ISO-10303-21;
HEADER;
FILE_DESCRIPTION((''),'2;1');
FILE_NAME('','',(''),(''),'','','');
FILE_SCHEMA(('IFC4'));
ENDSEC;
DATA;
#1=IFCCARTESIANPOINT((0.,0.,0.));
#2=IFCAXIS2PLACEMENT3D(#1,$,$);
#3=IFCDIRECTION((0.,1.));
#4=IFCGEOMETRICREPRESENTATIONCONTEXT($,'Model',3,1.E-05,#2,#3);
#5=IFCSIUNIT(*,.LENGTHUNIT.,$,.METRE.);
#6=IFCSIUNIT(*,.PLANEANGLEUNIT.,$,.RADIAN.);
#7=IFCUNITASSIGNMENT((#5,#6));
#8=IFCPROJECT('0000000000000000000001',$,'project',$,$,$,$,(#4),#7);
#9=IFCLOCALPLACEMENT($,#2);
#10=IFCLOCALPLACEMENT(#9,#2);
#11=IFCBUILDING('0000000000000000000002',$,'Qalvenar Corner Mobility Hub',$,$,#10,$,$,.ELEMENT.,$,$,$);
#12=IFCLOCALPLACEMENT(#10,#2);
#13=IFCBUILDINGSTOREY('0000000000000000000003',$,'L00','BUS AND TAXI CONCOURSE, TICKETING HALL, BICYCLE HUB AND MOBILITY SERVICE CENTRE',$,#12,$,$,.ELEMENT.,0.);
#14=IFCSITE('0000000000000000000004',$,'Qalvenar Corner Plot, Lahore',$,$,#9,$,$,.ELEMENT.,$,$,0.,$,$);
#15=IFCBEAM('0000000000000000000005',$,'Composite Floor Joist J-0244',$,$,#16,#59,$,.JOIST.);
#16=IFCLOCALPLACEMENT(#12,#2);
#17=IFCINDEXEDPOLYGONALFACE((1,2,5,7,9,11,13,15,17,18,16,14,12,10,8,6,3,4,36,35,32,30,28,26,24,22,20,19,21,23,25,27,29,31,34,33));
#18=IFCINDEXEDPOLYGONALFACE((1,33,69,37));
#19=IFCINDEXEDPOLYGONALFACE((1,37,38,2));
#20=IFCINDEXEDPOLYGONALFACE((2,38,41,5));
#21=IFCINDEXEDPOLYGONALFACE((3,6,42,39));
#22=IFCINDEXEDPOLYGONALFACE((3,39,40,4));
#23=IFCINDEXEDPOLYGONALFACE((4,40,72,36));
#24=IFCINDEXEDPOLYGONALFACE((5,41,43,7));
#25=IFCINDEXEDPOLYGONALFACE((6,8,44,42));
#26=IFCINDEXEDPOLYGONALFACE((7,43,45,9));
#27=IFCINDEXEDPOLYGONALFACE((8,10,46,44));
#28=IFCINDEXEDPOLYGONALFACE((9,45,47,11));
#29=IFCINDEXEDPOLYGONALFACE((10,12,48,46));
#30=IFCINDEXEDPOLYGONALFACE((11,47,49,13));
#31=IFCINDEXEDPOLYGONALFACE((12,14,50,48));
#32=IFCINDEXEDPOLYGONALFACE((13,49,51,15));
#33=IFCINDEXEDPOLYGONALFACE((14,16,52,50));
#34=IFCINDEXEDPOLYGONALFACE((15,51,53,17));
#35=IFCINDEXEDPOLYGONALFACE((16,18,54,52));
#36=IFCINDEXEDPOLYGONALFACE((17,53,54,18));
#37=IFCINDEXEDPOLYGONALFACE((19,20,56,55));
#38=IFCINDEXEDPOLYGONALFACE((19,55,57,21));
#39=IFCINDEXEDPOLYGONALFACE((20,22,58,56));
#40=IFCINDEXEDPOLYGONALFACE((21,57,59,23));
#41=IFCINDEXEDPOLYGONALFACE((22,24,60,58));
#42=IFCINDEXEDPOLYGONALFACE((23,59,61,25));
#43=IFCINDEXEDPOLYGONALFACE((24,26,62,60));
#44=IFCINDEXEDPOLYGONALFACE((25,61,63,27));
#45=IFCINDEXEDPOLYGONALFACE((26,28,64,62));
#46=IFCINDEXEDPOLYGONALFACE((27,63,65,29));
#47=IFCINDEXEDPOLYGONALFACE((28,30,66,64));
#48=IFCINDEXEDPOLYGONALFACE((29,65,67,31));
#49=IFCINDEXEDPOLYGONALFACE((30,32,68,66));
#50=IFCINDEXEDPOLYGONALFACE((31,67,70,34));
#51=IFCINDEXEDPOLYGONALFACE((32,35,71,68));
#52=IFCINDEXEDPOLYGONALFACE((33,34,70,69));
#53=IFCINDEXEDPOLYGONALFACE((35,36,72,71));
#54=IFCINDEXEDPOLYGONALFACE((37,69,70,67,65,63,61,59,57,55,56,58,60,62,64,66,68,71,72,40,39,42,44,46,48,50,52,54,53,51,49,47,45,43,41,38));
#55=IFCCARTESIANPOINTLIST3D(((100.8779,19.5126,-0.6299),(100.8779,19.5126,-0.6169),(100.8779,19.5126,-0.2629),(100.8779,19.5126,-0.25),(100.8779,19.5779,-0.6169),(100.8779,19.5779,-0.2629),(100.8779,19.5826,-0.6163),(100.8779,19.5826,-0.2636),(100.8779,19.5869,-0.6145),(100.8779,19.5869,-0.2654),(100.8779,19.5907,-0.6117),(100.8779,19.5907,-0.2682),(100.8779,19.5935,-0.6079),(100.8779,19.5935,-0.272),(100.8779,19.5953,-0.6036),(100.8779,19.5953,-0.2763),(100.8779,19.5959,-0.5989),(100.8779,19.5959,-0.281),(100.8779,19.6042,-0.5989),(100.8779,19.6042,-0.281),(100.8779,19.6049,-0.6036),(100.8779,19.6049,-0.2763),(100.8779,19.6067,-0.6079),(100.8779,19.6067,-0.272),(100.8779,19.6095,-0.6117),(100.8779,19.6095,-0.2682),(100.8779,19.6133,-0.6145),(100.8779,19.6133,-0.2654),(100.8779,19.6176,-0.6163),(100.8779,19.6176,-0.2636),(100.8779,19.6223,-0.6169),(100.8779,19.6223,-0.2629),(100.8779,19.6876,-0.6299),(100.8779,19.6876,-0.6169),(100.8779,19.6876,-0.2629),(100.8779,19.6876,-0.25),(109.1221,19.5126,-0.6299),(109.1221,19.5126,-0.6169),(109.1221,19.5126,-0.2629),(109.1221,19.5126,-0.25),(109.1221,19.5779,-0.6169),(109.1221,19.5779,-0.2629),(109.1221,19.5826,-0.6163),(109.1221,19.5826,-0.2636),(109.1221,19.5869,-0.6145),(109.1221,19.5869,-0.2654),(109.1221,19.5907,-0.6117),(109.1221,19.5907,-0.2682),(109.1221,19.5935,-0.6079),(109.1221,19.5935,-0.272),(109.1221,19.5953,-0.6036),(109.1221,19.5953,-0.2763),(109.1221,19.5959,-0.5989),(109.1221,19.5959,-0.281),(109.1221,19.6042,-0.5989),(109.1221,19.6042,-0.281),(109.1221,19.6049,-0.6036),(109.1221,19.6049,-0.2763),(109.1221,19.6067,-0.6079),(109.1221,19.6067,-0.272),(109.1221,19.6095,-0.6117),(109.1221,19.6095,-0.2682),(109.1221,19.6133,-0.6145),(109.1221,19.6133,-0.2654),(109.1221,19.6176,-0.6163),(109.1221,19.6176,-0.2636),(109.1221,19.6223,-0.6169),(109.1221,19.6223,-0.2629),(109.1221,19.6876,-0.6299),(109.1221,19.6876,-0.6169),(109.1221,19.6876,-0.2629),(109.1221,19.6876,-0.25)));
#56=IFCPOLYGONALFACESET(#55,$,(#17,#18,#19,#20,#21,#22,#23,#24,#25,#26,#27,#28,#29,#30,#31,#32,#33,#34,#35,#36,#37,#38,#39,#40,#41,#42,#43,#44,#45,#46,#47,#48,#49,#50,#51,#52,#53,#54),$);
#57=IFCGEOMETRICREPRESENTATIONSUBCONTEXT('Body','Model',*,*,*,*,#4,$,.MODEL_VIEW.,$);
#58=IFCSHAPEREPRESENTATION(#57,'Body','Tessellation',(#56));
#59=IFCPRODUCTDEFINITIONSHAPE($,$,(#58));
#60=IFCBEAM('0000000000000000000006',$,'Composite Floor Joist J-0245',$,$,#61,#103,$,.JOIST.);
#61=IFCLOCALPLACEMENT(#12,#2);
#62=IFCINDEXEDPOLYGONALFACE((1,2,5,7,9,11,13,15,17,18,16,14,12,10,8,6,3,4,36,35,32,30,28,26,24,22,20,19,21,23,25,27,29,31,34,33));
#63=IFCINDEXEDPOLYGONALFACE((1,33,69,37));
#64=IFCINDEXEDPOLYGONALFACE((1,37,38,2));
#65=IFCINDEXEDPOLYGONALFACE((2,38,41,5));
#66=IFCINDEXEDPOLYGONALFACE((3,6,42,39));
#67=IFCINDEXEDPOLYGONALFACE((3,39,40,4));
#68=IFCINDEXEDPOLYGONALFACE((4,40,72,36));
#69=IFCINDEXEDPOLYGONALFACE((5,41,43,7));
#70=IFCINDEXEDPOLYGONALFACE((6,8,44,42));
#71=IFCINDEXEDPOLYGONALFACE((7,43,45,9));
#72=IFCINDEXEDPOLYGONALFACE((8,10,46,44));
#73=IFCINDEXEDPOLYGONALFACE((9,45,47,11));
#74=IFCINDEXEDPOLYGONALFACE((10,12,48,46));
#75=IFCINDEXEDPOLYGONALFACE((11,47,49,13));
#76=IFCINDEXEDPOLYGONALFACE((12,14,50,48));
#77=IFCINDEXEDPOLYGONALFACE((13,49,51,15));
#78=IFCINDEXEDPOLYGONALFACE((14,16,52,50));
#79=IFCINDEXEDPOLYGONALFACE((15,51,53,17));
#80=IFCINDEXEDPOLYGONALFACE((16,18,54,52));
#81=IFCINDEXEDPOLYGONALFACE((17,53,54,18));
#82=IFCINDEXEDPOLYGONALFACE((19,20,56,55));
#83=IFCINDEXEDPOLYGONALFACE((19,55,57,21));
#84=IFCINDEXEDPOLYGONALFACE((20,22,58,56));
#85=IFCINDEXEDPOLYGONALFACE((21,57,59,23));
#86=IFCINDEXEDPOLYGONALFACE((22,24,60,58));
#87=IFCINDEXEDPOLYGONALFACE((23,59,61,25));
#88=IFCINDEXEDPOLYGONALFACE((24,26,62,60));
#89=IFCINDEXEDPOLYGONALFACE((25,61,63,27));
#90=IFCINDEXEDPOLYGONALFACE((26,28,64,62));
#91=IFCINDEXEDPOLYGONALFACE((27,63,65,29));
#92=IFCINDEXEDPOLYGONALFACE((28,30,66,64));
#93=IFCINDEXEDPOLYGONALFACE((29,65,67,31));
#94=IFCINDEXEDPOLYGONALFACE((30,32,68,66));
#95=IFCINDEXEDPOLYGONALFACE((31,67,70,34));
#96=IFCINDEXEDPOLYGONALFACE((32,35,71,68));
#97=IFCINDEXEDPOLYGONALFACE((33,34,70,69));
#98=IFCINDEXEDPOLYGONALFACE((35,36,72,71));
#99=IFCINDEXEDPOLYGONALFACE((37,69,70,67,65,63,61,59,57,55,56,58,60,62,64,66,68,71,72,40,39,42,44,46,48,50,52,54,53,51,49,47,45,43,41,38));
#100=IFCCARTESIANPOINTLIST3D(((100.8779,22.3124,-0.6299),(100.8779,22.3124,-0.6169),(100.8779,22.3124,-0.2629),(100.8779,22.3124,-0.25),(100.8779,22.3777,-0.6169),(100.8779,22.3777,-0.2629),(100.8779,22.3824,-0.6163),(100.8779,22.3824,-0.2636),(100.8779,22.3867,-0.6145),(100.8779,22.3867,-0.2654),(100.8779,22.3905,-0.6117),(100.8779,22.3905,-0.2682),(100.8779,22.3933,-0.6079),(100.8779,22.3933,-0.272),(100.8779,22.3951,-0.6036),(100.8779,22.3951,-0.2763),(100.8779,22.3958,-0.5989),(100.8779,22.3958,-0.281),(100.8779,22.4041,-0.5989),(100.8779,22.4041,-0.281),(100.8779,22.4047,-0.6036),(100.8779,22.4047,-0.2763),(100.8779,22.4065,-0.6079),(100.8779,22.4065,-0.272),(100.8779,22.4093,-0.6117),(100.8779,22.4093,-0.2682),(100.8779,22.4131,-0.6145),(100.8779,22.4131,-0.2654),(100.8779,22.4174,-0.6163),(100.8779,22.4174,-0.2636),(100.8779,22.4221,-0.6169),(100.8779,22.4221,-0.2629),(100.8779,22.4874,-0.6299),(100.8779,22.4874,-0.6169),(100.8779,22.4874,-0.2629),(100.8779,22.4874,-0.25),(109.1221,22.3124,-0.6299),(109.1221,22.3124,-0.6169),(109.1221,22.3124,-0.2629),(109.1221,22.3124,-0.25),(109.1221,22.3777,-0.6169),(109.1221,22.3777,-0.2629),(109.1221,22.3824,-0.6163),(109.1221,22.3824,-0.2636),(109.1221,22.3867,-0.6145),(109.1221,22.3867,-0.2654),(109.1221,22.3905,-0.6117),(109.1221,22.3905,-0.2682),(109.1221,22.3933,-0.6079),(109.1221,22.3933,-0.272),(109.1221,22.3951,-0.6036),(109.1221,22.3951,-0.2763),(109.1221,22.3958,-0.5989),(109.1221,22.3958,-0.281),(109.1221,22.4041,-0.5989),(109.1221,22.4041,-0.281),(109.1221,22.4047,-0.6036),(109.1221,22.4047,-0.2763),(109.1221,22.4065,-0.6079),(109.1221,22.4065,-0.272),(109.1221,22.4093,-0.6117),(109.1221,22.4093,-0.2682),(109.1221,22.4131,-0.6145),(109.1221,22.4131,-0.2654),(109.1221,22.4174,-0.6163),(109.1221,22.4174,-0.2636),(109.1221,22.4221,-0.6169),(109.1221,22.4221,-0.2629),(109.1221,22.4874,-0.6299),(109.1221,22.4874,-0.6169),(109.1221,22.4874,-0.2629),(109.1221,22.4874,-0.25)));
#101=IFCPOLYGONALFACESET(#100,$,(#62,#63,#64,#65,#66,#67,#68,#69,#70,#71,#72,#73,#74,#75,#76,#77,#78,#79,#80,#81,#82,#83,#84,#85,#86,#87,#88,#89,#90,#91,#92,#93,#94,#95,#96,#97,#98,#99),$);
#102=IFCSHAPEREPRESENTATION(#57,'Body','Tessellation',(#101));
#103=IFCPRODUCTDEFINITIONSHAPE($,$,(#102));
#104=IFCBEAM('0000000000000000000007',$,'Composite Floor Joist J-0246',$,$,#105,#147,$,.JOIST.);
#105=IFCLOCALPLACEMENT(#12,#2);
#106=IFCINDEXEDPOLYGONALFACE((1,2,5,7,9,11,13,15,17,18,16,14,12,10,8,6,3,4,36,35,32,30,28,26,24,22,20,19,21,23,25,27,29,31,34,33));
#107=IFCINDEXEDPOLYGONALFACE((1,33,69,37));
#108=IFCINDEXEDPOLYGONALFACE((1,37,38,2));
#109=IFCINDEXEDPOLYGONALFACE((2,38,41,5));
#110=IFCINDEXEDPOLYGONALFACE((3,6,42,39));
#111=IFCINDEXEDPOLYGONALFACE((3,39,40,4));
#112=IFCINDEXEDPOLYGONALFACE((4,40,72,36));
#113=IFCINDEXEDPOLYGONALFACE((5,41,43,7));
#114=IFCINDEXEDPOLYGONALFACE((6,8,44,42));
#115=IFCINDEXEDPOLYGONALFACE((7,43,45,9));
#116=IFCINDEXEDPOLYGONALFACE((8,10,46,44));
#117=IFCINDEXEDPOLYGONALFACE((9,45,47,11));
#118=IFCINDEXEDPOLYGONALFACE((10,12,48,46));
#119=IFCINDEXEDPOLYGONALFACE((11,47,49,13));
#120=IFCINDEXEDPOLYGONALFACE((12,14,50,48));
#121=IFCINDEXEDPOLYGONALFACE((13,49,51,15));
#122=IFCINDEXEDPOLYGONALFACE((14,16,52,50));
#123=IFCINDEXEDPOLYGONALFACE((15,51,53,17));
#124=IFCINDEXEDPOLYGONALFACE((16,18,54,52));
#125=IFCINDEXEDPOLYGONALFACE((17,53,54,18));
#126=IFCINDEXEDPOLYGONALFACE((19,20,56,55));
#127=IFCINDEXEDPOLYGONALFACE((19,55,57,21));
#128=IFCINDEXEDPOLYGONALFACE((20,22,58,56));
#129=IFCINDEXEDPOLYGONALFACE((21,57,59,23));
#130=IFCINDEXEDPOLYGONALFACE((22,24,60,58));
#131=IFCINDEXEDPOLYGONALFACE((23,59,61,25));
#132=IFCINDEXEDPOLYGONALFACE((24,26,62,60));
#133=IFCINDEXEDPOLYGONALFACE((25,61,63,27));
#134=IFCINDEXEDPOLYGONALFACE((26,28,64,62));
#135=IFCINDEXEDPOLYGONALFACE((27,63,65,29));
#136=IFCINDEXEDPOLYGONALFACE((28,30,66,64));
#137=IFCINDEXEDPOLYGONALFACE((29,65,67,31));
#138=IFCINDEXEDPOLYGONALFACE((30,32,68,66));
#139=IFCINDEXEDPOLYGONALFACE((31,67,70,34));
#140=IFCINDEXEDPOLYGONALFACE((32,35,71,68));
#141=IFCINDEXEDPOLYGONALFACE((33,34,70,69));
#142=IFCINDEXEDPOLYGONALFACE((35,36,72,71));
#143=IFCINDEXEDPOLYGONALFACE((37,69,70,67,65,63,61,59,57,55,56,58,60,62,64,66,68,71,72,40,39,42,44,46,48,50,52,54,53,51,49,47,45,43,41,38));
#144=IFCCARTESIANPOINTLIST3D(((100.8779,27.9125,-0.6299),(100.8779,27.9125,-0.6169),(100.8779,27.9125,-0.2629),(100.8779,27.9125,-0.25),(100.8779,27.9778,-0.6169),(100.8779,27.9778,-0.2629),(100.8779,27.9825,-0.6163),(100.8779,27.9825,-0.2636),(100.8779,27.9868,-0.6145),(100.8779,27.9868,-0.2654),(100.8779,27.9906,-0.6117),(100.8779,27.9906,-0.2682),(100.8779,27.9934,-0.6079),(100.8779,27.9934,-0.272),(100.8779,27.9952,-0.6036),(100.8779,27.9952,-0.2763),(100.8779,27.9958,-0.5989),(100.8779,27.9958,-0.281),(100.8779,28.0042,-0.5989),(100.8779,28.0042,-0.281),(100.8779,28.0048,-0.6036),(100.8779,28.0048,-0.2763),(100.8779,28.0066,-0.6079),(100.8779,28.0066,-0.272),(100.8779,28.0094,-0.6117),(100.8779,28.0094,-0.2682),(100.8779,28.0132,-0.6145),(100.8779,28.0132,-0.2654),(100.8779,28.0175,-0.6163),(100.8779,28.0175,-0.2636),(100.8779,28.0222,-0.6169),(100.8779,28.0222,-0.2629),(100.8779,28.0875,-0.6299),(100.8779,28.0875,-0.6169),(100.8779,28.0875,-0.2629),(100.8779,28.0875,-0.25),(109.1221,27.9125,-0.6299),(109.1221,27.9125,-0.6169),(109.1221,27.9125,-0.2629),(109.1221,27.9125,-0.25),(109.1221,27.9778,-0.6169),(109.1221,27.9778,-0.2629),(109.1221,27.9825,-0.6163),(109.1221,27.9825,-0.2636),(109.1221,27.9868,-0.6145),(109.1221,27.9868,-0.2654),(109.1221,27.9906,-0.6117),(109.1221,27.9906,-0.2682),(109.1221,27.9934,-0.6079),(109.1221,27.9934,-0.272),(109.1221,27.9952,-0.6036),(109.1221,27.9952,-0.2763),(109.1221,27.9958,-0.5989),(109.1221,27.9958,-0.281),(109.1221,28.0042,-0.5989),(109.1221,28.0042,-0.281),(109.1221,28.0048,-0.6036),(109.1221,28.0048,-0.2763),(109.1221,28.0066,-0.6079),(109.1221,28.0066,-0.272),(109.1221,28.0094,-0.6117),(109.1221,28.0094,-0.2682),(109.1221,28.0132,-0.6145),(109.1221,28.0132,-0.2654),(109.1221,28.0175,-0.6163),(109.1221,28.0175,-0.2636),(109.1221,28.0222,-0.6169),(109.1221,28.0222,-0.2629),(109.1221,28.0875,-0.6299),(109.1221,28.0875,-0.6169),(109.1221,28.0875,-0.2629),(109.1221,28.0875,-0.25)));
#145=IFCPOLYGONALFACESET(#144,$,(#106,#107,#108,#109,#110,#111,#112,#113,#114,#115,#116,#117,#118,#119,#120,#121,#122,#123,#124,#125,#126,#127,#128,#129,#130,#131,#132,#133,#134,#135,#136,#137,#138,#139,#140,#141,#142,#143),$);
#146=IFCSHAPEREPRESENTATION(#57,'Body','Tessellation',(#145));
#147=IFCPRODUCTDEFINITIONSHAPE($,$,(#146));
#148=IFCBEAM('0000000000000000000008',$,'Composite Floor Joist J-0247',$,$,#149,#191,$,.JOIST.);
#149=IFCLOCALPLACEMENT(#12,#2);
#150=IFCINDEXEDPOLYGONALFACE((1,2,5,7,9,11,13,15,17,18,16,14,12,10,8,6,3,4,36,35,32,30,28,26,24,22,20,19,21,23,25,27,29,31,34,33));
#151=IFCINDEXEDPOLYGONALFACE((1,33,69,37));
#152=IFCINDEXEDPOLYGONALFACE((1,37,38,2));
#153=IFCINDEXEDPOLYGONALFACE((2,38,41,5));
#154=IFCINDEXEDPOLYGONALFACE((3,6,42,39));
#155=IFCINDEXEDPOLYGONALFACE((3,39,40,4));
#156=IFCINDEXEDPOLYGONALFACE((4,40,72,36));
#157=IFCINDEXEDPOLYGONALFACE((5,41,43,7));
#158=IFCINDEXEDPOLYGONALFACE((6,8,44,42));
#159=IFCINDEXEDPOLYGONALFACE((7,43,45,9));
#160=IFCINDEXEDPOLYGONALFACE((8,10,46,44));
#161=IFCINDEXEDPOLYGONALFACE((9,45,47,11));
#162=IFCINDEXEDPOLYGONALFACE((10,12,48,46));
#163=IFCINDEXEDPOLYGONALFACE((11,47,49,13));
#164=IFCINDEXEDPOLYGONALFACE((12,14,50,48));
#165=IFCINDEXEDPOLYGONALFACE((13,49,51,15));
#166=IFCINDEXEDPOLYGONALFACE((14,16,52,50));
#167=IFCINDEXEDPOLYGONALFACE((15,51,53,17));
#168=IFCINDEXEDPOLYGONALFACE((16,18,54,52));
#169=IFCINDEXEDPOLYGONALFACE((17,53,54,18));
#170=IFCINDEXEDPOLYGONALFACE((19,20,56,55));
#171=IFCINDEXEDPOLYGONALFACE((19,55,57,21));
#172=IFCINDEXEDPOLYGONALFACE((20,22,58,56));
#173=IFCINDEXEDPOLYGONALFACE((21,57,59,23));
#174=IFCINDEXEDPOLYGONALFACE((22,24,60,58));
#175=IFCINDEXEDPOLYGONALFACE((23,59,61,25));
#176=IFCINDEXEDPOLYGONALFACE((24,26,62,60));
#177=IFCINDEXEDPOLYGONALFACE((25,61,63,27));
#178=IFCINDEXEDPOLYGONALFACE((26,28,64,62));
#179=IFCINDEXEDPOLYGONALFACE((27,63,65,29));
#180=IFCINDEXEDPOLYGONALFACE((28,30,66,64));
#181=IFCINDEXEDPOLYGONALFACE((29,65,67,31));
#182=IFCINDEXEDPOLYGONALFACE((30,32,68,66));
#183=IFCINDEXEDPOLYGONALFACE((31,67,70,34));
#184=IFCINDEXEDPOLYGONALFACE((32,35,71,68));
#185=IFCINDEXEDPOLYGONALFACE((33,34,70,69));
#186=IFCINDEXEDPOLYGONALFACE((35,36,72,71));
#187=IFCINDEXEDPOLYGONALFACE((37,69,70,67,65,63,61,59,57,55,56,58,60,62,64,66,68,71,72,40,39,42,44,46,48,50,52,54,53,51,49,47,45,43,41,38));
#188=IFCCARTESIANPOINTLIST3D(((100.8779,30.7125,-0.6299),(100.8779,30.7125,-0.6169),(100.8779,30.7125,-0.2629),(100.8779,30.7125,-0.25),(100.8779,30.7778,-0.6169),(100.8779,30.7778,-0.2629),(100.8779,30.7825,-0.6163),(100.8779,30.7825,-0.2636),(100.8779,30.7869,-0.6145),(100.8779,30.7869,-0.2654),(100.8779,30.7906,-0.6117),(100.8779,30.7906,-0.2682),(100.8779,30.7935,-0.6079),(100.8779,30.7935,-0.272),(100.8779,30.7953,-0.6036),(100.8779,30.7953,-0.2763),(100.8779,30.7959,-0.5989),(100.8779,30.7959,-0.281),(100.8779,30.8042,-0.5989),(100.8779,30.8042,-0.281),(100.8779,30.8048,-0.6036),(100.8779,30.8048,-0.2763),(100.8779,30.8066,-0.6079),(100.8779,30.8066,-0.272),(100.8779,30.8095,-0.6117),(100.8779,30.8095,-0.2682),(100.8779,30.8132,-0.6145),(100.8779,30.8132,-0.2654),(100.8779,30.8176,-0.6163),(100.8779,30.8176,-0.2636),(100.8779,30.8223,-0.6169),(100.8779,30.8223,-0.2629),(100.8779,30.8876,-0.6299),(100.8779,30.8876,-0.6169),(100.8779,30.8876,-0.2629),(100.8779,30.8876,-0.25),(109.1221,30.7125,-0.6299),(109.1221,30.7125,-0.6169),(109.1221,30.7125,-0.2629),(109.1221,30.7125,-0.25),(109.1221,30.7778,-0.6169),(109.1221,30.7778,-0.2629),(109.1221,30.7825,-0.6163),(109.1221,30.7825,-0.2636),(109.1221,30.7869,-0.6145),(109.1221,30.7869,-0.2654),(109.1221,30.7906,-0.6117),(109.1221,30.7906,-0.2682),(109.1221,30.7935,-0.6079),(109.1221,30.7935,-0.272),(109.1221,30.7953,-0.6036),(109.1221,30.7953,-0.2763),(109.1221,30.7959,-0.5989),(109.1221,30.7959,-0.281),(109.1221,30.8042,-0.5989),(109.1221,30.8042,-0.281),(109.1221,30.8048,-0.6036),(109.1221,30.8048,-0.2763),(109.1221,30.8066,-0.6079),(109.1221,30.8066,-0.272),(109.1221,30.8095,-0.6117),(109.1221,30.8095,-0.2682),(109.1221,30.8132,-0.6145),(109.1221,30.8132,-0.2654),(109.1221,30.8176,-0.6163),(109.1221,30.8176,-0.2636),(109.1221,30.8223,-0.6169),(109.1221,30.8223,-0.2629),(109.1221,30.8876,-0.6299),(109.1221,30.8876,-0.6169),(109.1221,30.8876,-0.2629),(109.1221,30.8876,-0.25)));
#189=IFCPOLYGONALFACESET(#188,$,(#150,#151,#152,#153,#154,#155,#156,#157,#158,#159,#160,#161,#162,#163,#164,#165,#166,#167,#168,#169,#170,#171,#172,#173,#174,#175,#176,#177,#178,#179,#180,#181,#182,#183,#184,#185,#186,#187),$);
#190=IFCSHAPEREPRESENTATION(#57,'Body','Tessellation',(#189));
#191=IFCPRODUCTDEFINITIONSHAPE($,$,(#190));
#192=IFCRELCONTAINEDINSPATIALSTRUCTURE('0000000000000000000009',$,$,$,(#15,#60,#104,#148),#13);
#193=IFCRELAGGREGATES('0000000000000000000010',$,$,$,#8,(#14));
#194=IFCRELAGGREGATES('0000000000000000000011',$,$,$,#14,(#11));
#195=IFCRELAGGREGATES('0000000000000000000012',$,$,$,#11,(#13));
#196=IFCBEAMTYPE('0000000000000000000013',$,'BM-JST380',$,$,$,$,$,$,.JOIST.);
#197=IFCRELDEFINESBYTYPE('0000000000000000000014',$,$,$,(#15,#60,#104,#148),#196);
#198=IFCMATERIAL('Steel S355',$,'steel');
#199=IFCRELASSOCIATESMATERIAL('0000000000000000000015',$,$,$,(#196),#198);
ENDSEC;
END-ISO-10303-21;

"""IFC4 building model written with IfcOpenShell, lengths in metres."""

from ifc_helpers import new_model, si_unit, direction, frame, origin, origin_2d, place, context, subcontext, project, spatial, i_section, extrude, material, material_profile, profile_set, type_object, element, save


model = new_model("IFC4")

# Units and contexts
model_context = context("Model", 3, precision=1e-05, world=origin(), true_north=direction((0.0, 1.0)))
body_context = subcontext(model_context, "Body", "Model", "MODEL_VIEW")
ifc_project = project(units=[si_unit("LENGTHUNIT", "METRE"), si_unit("PLANEANGLEUNIT", "RADIAN")], contexts=[model_context])

# Site, building, storey
site_placement = place(None, origin())
site = spatial("IfcSite", under=ifc_project, at=site_placement, Name="Qalvenar Corner Plot, Lahore", CompositionType="ELEMENT", RefElevation=0.0)
building_placement = place(site_placement, origin())
building = spatial("IfcBuilding", under=site, at=building_placement, Name="Qalvenar Corner Mobility Hub", CompositionType="ELEMENT")
storey_placement = place(building_placement, origin())
storey = spatial("IfcBuildingStorey", under=building, at=storey_placement, Name="L00", Description="BUS AND TAXI CONCOURSE, TICKETING HALL, BICYCLE HUB AND MOBILITY SERVICE CENTRE", CompositionType="ELEMENT", Elevation=0.0)

# Shared definitions
ifc_material_1 = material(Name="Steel S355", Category="steel")

# Beams
ifc_material_profile_1 = material_profile(ifc_material_1, i_section(OverallWidth=0.175, OverallDepth=0.3799, WebThickness=0.0083, FlangeThickness=0.0129, FilletRadius=0.0181, at=origin_2d()), Name="IPE380-EQ")
ifc_profile_set_1 = profile_set([ifc_material_profile_1], Name="Steel S355")
beam_type_1 = type_object("IfcBeamType", Name="BM-JST380", PredefinedType="JOIST", material=ifc_profile_set_1)
for number, where, z_axis, x_axis, name in (
    (1, (100.8779, 19.6001, -0.4399), (1.0, 0.0, 0.0), (0.0, 1.0, 0.0), "Composite Floor Joist J-0244"),
    (2, (100.8779, 22.3999, -0.4399), (1.0, 0.0, 0.0), (0.0, 1.0, 0.0), "Composite Floor Joist J-0245"),
    (3, (100.8779, 28.0, -0.4399), (1.0, 0.0, 0.0), (0.0, 1.0, 0.0), "Composite Floor Joist J-0246"),
    (4, (100.8779, 30.8, -0.4399), (1.0, 0.0, 0.0), (0.0, 1.0, 0.0), "Composite Floor Joist J-0247"),
):
    element("IfcBeam", number, at=place(storey_placement, frame(where, z_axis=z_axis, x_axis=x_axis)), inside=storey, type_object=beam_type_1, Name=name, PredefinedType="JOIST", context=body_context, shape_type="SweptSolid", body=[
        extrude(i_section(OverallWidth=0.175, OverallDepth=0.3799, WebThickness=0.0083, FlangeThickness=0.0129, FilletRadius=0.0181, at=origin_2d()), origin(), (0.0, 0.0, 1.0), 8.2441),
    ])

save(model, "model.ifc")
